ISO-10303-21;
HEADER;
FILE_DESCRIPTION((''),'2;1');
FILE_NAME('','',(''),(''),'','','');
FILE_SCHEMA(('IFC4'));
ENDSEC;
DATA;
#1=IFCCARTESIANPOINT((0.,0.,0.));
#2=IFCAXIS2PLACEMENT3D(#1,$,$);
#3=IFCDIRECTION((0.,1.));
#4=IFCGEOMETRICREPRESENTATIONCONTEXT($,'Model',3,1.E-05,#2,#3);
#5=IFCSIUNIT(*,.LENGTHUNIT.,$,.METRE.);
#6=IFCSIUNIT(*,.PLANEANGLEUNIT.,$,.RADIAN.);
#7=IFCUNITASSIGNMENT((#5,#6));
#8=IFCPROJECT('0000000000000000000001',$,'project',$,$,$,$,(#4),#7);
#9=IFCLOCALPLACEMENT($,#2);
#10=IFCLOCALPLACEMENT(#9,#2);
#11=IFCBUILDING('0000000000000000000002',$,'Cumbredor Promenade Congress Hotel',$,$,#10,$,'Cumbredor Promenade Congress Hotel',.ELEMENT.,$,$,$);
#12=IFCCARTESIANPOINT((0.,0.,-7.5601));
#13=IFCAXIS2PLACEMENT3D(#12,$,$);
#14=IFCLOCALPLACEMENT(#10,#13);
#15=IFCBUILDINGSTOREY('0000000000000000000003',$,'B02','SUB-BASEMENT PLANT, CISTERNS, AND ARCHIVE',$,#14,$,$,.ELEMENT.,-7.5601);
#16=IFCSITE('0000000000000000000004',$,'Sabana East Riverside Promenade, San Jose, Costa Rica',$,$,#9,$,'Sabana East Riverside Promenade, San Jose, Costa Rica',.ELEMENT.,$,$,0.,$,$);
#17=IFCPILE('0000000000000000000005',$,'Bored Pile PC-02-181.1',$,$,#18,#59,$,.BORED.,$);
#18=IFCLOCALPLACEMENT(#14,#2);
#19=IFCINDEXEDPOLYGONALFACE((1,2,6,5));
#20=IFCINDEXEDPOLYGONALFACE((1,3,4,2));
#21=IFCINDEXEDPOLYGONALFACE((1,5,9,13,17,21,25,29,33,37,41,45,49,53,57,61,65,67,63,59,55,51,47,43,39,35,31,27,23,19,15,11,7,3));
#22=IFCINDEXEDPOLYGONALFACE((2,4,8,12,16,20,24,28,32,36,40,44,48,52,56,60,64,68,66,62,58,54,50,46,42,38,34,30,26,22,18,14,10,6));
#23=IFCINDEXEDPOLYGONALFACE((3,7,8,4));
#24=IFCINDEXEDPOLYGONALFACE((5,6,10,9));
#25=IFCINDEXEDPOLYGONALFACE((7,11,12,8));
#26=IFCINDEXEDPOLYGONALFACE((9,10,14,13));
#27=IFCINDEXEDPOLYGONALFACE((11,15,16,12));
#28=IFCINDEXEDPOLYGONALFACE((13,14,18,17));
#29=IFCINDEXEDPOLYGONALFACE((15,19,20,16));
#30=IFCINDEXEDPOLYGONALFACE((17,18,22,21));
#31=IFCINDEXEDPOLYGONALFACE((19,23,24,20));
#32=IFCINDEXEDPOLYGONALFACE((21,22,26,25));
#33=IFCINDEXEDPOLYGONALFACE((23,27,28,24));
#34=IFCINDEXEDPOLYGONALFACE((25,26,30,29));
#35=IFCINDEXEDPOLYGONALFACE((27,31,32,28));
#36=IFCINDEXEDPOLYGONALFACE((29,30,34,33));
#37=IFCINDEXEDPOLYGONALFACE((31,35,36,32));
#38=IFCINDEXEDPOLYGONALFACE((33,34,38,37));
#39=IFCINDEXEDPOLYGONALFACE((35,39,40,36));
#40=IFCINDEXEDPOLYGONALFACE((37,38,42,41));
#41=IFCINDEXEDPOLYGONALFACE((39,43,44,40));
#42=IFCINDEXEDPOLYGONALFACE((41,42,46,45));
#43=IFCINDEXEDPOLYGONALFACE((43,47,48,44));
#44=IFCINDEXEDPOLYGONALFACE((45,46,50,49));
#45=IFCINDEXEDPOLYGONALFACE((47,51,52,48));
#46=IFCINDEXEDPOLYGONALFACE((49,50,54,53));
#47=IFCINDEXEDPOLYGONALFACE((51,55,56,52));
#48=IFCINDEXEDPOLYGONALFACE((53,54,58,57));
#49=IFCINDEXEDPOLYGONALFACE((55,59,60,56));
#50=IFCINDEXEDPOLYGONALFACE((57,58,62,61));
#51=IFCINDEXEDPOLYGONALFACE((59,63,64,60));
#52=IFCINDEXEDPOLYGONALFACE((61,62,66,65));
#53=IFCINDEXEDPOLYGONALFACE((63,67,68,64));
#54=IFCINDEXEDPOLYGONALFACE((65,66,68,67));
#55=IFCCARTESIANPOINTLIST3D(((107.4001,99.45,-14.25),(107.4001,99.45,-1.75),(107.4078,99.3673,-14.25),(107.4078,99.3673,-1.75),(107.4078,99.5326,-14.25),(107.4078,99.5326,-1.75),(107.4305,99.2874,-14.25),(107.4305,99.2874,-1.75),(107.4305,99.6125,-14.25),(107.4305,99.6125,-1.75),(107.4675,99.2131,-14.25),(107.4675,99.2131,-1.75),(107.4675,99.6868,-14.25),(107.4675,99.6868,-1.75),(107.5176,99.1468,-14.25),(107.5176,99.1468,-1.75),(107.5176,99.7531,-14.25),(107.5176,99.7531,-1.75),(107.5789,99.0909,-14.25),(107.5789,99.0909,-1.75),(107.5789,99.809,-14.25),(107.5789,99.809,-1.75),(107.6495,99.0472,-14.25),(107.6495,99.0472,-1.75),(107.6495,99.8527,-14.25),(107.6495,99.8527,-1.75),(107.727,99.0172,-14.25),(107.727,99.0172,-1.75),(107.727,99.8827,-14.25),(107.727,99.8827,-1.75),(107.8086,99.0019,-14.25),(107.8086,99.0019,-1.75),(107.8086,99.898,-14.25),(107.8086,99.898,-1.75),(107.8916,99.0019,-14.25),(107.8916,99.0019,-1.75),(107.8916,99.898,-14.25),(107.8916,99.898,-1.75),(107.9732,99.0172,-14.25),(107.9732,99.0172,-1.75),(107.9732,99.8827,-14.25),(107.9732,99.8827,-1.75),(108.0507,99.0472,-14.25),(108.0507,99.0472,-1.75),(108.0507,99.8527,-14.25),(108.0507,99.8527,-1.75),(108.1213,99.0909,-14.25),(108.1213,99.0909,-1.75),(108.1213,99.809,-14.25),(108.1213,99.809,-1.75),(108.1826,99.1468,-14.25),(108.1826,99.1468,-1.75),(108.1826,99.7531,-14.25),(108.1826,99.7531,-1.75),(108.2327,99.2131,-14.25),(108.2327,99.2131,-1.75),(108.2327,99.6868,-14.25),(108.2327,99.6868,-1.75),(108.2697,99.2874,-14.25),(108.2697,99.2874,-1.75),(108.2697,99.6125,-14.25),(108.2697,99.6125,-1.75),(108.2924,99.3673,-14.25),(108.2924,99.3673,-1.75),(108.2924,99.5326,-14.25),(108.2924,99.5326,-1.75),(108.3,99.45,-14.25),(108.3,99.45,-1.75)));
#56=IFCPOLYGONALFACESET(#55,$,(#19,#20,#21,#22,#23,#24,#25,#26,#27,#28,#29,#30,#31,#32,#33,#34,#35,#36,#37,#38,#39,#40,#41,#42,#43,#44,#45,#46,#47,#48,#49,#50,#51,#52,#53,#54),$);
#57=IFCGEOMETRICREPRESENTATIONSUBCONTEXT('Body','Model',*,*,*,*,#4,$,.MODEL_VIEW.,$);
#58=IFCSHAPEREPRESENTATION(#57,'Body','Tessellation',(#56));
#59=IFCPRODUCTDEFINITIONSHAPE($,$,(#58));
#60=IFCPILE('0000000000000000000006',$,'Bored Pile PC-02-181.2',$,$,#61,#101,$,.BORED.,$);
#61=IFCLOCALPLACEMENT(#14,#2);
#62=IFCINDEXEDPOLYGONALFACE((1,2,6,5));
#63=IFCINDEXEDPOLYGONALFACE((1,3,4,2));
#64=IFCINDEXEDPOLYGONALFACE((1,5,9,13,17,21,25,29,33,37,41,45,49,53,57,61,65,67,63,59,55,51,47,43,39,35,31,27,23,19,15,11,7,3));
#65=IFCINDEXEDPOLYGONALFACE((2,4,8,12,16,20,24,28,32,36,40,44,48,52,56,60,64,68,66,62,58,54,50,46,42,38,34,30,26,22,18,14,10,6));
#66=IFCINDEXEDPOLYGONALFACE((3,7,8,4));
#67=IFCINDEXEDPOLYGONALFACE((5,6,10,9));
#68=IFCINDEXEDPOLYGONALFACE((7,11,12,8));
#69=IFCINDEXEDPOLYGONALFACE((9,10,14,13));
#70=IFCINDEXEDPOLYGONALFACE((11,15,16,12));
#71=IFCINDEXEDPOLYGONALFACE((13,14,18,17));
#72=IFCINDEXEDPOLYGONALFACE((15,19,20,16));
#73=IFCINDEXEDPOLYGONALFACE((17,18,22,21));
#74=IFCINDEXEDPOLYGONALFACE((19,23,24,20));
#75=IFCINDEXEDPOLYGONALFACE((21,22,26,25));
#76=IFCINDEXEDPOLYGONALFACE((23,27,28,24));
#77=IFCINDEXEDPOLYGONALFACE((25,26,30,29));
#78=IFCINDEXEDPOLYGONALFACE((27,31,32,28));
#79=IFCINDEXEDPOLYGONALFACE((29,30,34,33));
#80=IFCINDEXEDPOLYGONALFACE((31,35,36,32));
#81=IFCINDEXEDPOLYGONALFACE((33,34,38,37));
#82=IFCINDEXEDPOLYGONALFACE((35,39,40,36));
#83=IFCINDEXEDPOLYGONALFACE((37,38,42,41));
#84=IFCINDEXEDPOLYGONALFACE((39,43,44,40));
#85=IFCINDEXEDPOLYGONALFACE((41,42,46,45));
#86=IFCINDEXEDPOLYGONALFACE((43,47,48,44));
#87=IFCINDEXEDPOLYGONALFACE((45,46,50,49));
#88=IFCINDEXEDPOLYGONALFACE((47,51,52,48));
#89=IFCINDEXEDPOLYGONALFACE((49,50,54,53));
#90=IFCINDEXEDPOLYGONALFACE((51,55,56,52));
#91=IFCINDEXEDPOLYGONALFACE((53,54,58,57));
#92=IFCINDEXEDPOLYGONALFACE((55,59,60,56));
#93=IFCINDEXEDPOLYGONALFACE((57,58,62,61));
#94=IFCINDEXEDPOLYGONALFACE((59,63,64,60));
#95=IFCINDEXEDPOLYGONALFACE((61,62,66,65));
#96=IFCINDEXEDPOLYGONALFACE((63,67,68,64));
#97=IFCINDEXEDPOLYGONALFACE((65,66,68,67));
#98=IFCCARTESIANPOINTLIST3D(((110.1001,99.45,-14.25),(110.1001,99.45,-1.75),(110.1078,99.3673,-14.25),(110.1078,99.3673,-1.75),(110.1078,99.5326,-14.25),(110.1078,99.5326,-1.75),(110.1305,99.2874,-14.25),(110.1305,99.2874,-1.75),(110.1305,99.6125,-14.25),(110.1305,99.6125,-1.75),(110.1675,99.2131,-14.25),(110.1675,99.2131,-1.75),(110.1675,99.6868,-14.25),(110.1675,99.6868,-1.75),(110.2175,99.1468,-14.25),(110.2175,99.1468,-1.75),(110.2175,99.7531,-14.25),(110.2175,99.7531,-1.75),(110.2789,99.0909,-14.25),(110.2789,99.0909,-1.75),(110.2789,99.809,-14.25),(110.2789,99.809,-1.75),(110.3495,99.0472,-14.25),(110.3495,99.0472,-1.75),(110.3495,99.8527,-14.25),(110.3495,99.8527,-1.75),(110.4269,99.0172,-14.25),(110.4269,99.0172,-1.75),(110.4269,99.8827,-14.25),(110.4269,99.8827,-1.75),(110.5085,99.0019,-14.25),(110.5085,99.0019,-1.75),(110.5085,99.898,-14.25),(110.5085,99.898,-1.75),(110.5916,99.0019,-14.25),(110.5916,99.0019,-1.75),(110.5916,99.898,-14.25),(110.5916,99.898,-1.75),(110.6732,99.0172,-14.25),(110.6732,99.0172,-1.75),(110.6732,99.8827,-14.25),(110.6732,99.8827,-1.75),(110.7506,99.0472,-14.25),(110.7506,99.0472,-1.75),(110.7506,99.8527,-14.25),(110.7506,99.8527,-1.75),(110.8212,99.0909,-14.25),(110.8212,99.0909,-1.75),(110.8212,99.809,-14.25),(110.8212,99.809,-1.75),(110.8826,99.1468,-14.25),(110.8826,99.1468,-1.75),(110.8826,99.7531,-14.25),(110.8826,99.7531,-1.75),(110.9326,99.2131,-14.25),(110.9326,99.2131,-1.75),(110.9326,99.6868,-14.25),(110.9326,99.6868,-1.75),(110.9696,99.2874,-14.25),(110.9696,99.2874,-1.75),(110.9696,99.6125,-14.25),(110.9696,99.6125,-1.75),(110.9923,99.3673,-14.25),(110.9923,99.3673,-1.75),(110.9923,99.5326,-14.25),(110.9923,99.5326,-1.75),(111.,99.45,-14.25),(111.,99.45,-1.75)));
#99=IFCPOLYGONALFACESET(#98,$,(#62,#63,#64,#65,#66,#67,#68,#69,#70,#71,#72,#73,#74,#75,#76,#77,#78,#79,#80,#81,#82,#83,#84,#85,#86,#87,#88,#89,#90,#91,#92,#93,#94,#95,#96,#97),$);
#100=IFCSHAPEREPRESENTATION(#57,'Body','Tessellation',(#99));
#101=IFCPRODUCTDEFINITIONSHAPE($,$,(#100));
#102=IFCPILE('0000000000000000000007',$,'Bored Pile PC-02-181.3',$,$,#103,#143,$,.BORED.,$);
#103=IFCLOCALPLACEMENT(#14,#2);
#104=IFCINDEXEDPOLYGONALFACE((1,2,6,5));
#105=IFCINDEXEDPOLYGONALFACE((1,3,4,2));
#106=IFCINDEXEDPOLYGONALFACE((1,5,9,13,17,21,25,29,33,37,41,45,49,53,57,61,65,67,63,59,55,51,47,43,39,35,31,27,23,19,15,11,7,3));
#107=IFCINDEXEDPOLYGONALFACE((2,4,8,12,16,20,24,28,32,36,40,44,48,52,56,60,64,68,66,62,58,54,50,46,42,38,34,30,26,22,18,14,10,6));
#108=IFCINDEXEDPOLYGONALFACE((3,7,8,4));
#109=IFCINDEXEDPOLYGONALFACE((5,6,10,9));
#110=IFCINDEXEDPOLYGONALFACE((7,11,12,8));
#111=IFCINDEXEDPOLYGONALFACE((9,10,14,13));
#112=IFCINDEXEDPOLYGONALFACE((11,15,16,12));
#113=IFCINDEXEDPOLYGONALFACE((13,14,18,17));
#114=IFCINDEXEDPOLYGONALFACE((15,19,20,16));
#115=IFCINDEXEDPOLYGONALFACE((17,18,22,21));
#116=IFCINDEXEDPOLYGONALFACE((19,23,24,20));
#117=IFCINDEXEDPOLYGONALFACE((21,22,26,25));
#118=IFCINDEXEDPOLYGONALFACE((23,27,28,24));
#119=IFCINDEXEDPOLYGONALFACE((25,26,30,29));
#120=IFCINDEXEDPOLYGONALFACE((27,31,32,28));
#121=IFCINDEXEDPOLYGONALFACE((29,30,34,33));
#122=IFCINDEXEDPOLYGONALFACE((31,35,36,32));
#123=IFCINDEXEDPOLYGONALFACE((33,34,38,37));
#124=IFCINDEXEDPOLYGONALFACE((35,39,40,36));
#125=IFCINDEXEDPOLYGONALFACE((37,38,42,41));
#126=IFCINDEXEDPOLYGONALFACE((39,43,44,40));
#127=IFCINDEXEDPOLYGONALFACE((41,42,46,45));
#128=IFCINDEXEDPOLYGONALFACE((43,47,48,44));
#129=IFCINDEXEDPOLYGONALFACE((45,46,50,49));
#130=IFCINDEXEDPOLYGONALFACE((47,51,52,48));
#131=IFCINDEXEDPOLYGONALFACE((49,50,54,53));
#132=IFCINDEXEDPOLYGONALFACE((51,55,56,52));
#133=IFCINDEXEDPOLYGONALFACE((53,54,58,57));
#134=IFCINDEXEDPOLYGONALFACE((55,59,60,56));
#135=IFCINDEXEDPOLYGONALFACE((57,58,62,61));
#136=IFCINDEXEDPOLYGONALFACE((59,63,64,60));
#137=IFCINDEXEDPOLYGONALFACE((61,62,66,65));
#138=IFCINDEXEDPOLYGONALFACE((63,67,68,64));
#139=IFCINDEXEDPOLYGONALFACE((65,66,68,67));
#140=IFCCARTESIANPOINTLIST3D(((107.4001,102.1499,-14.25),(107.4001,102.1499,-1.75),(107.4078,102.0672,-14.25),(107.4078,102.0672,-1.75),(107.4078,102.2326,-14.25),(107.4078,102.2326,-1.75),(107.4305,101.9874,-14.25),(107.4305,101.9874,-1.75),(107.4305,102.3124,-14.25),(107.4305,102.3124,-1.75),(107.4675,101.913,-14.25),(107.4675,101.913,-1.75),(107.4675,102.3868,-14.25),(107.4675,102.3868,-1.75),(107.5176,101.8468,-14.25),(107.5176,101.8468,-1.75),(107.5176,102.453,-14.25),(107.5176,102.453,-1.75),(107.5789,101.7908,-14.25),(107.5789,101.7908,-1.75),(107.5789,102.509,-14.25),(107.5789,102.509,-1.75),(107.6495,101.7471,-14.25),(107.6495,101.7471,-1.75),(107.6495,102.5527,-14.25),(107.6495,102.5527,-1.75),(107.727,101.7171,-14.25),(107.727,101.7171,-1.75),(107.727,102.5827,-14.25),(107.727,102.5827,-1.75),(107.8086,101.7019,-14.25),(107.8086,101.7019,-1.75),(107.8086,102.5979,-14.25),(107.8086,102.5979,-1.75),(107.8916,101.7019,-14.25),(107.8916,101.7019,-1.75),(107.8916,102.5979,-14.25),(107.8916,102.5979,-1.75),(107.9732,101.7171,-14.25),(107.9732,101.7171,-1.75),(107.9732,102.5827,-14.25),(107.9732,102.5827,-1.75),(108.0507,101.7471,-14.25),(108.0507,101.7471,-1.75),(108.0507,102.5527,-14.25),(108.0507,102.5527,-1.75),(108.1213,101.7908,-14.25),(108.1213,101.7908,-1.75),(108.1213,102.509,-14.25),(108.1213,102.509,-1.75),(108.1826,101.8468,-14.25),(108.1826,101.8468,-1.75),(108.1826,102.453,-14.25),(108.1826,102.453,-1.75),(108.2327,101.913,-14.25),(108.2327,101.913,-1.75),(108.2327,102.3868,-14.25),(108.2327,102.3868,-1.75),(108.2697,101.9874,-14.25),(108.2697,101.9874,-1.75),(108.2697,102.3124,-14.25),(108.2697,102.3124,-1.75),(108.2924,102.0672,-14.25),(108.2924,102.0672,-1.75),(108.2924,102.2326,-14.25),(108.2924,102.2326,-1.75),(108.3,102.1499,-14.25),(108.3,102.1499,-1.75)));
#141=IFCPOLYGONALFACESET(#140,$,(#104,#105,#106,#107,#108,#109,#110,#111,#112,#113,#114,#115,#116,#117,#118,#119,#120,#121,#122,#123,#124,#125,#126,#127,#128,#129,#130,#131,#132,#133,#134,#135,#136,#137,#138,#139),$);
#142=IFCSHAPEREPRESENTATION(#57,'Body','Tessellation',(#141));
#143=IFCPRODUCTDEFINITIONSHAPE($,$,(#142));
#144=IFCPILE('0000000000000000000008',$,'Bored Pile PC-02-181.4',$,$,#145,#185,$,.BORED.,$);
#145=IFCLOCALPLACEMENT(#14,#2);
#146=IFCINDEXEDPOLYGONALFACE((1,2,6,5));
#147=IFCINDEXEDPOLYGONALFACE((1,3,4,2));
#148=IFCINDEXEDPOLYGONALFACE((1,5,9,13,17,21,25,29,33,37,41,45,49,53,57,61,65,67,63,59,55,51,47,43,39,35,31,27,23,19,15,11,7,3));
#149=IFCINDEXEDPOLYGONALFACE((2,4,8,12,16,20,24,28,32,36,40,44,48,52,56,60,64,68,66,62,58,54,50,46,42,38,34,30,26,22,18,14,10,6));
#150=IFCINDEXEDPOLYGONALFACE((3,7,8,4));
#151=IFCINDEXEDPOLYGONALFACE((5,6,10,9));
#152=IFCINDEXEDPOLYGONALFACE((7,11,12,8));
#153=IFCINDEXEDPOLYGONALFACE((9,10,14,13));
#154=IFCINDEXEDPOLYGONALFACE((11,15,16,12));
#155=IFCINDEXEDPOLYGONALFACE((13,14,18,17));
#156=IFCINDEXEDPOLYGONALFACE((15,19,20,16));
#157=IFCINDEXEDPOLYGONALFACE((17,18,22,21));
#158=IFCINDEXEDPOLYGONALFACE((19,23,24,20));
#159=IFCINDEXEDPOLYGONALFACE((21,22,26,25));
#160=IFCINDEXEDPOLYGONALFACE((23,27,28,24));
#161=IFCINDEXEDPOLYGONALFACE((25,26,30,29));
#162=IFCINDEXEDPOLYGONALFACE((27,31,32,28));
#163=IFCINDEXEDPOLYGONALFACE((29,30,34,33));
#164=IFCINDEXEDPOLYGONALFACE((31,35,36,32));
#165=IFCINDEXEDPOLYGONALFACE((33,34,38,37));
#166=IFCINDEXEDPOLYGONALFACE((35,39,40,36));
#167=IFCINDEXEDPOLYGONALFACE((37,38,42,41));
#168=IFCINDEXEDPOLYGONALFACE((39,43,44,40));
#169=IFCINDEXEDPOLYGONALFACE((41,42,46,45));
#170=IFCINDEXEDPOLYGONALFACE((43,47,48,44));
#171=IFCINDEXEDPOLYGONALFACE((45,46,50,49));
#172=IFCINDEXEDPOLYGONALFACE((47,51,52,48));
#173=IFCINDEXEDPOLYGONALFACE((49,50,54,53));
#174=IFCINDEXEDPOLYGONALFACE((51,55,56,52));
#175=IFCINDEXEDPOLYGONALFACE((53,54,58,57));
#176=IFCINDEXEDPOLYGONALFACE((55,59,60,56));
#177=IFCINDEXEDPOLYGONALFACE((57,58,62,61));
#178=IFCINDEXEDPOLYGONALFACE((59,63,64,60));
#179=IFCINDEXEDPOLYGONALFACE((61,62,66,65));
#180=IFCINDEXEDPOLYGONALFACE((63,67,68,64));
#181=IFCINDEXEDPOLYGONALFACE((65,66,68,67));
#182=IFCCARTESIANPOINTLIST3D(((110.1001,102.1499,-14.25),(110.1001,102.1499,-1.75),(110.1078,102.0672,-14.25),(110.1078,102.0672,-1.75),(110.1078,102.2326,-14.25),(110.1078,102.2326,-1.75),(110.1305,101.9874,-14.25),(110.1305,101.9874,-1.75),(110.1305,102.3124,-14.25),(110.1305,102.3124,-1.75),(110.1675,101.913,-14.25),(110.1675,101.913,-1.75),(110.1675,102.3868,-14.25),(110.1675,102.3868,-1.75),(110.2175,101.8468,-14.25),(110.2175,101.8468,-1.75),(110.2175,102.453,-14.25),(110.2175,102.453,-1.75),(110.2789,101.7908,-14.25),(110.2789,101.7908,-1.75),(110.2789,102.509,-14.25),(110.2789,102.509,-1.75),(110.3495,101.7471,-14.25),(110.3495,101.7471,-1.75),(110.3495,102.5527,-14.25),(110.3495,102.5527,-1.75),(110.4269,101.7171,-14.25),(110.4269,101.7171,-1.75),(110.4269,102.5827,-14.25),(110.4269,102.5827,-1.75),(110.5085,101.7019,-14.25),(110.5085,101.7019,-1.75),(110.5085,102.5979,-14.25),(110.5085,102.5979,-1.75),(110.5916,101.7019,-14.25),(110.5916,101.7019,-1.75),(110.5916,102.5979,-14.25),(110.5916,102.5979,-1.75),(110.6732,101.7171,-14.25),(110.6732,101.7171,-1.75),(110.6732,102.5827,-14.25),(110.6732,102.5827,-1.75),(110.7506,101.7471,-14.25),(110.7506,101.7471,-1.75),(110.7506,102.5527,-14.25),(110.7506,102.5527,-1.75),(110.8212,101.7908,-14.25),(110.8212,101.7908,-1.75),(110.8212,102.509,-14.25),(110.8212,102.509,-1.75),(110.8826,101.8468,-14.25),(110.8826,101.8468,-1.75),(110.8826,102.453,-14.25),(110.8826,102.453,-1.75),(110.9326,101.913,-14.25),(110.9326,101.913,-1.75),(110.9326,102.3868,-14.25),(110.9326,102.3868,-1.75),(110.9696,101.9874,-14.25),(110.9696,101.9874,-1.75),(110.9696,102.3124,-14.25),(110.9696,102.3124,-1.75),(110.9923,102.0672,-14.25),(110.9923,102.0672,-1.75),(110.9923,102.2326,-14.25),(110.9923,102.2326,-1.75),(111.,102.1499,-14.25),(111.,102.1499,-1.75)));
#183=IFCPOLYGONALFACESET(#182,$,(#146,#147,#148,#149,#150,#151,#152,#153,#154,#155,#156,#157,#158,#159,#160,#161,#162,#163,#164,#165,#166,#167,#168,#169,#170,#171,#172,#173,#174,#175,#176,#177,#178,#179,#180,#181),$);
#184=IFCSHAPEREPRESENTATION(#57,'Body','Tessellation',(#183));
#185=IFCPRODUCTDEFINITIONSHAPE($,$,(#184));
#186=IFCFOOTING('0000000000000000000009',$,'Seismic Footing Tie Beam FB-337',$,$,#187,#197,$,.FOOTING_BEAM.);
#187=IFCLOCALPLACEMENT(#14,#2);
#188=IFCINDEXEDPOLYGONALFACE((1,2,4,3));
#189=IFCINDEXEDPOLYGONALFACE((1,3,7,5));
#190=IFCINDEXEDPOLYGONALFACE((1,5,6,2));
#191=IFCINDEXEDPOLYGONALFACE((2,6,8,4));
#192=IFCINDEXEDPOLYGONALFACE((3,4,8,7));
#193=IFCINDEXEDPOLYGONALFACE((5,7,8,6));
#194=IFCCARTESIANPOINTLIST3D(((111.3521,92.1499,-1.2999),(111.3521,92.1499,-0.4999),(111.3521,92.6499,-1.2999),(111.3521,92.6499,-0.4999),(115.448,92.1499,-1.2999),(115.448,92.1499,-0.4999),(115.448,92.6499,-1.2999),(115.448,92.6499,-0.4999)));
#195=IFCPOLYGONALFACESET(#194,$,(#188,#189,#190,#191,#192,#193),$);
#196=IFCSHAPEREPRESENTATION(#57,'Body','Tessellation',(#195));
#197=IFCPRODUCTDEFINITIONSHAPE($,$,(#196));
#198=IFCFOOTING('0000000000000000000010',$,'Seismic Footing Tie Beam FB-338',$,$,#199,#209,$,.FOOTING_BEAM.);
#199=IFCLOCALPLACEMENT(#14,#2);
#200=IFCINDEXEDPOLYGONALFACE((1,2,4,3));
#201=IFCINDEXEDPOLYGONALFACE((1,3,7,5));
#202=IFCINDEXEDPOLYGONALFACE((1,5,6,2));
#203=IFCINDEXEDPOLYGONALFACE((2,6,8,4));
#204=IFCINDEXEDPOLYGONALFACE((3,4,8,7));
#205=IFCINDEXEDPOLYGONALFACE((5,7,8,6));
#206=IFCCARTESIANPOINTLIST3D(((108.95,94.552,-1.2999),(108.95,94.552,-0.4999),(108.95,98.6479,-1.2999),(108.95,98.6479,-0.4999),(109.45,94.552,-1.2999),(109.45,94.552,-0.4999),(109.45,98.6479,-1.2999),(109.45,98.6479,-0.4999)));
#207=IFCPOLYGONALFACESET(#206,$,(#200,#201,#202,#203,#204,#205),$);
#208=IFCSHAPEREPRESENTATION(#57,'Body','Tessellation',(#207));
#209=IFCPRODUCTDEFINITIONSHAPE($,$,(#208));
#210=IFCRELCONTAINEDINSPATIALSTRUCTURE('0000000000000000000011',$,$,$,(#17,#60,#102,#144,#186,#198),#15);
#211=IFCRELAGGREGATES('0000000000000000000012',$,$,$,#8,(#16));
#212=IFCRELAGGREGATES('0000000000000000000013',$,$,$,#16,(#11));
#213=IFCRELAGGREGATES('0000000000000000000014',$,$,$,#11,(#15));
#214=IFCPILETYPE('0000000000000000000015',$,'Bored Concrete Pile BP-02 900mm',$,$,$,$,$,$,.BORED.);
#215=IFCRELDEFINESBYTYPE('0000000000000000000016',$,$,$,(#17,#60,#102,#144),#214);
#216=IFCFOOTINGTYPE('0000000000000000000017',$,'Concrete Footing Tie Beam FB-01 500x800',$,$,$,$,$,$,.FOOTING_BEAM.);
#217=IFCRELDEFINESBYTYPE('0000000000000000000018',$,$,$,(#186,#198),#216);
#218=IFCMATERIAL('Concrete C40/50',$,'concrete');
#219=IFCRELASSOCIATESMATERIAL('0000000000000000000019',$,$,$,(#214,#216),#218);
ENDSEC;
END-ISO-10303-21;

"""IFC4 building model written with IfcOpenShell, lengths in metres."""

from ifc_helpers import new_model, si_unit, direction, frame, origin, origin_2d, place, context, subcontext, project, spatial, rectangle, circle, extrude, material, material_profile, profile_set, type_object, element, save


model = new_model("IFC4")

# Units and contexts
model_context = context("Model", 3, precision=1e-05, world=origin(), true_north=direction((0.0, 1.0)))
body_context = subcontext(model_context, "Body", "Model", "MODEL_VIEW")
ifc_project = project(units=[si_unit("LENGTHUNIT", "METRE"), si_unit("PLANEANGLEUNIT", "RADIAN")], contexts=[model_context])

# Site, building, storey
site_placement = place(None, origin())
site = spatial("IfcSite", under=ifc_project, at=site_placement, Name="Sabana East Riverside Promenade, San Jose, Costa Rica", LongName="Sabana East Riverside Promenade, San Jose, Costa Rica", CompositionType="ELEMENT", RefElevation=0.0)
building_placement = place(site_placement, origin())
building = spatial("IfcBuilding", under=site, at=building_placement, Name="Cumbredor Promenade Congress Hotel", LongName="Cumbredor Promenade Congress Hotel", CompositionType="ELEMENT")
storey_placement = place(building_placement, frame((0.0, 0.0, -7.5601)))
storey = spatial("IfcBuildingStorey", under=building, at=storey_placement, Name="B02", Description="SUB-BASEMENT PLANT, CISTERNS, AND ARCHIVE", CompositionType="ELEMENT", Elevation=-7.5601)

# Piles
ifc_material_1 = material(Name="Concrete C40/50", Category="concrete")
ifc_material_profile_1 = material_profile(ifc_material_1, circle(Radius=0.45, at=origin_2d()), Name="PILE D900")
ifc_profile_set_1 = profile_set([ifc_material_profile_1], Name="Concrete C40/50")
pile_type = type_object("IfcPileType", Name="Bored Concrete Pile BP-02 900mm", PredefinedType="BORED", material=ifc_profile_set_1)
for number, where, z_axis, x_axis, name in (
    (1, (107.8501, 99.45, -1.75), (0.0, 0.0, -1.0), (1.0, 0.0, 0.0), "Bored Pile PC-02-181.1"),
    (2, (110.55, 99.45, -1.75), (0.0, 0.0, -1.0), (1.0, 0.0, 0.0), "Bored Pile PC-02-181.2"),
    (3, (107.8501, 102.1499, -1.75), (0.0, 0.0, -1.0), (1.0, 0.0, 0.0), "Bored Pile PC-02-181.3"),
    (4, (110.55, 102.1499, -1.75), (0.0, 0.0, -1.0), (1.0, 0.0, 0.0), "Bored Pile PC-02-181.4"),
):
    element("IfcPile", number, at=place(storey_placement, frame(where, z_axis=z_axis, x_axis=x_axis)), inside=storey, type_object=pile_type, Name=name, PredefinedType="BORED", context=body_context, shape_type="SweptSolid", body=[
        extrude(circle(Radius=0.45, at=origin_2d()), origin(), (0.0, 0.0, 1.0), 12.5),
    ])

# Footings
ifc_material_profile_2 = material_profile(ifc_material_1, rectangle(XDim=0.5, YDim=0.8, at=origin_2d()), Name="FB 500x800")
ifc_profile_set_2 = profile_set([ifc_material_profile_2], Name="Concrete C40/50")
footing_type_1 = type_object("IfcFootingType", Name="Concrete Footing Tie Beam FB-01 500x800", PredefinedType="FOOTING_BEAM", material=ifc_profile_set_2)
for number, where, z_axis, x_axis, name in (
    (5, (111.3521, 92.3999, -0.8999), (1.0, 0.0, 0.0), (0.0, 1.0, 0.0), "Seismic Footing Tie Beam FB-337"),
    (6, (109.2, 94.552, -0.8999), (0.0, 1.0, 0.0), (-1.0, 0.0, 0.0), "Seismic Footing Tie Beam FB-338"),
):
    element("IfcFooting", number, at=place(storey_placement, frame(where, z_axis=z_axis, x_axis=x_axis)), inside=storey, type_object=footing_type_1, Name=name, PredefinedType="FOOTING_BEAM", context=body_context, shape_type="SweptSolid", body=[
        extrude(rectangle(XDim=0.5, YDim=0.8, at=origin_2d()), origin(), (0.0, 0.0, 1.0), 4.0959),
    ])

save(model, "model.ifc")
